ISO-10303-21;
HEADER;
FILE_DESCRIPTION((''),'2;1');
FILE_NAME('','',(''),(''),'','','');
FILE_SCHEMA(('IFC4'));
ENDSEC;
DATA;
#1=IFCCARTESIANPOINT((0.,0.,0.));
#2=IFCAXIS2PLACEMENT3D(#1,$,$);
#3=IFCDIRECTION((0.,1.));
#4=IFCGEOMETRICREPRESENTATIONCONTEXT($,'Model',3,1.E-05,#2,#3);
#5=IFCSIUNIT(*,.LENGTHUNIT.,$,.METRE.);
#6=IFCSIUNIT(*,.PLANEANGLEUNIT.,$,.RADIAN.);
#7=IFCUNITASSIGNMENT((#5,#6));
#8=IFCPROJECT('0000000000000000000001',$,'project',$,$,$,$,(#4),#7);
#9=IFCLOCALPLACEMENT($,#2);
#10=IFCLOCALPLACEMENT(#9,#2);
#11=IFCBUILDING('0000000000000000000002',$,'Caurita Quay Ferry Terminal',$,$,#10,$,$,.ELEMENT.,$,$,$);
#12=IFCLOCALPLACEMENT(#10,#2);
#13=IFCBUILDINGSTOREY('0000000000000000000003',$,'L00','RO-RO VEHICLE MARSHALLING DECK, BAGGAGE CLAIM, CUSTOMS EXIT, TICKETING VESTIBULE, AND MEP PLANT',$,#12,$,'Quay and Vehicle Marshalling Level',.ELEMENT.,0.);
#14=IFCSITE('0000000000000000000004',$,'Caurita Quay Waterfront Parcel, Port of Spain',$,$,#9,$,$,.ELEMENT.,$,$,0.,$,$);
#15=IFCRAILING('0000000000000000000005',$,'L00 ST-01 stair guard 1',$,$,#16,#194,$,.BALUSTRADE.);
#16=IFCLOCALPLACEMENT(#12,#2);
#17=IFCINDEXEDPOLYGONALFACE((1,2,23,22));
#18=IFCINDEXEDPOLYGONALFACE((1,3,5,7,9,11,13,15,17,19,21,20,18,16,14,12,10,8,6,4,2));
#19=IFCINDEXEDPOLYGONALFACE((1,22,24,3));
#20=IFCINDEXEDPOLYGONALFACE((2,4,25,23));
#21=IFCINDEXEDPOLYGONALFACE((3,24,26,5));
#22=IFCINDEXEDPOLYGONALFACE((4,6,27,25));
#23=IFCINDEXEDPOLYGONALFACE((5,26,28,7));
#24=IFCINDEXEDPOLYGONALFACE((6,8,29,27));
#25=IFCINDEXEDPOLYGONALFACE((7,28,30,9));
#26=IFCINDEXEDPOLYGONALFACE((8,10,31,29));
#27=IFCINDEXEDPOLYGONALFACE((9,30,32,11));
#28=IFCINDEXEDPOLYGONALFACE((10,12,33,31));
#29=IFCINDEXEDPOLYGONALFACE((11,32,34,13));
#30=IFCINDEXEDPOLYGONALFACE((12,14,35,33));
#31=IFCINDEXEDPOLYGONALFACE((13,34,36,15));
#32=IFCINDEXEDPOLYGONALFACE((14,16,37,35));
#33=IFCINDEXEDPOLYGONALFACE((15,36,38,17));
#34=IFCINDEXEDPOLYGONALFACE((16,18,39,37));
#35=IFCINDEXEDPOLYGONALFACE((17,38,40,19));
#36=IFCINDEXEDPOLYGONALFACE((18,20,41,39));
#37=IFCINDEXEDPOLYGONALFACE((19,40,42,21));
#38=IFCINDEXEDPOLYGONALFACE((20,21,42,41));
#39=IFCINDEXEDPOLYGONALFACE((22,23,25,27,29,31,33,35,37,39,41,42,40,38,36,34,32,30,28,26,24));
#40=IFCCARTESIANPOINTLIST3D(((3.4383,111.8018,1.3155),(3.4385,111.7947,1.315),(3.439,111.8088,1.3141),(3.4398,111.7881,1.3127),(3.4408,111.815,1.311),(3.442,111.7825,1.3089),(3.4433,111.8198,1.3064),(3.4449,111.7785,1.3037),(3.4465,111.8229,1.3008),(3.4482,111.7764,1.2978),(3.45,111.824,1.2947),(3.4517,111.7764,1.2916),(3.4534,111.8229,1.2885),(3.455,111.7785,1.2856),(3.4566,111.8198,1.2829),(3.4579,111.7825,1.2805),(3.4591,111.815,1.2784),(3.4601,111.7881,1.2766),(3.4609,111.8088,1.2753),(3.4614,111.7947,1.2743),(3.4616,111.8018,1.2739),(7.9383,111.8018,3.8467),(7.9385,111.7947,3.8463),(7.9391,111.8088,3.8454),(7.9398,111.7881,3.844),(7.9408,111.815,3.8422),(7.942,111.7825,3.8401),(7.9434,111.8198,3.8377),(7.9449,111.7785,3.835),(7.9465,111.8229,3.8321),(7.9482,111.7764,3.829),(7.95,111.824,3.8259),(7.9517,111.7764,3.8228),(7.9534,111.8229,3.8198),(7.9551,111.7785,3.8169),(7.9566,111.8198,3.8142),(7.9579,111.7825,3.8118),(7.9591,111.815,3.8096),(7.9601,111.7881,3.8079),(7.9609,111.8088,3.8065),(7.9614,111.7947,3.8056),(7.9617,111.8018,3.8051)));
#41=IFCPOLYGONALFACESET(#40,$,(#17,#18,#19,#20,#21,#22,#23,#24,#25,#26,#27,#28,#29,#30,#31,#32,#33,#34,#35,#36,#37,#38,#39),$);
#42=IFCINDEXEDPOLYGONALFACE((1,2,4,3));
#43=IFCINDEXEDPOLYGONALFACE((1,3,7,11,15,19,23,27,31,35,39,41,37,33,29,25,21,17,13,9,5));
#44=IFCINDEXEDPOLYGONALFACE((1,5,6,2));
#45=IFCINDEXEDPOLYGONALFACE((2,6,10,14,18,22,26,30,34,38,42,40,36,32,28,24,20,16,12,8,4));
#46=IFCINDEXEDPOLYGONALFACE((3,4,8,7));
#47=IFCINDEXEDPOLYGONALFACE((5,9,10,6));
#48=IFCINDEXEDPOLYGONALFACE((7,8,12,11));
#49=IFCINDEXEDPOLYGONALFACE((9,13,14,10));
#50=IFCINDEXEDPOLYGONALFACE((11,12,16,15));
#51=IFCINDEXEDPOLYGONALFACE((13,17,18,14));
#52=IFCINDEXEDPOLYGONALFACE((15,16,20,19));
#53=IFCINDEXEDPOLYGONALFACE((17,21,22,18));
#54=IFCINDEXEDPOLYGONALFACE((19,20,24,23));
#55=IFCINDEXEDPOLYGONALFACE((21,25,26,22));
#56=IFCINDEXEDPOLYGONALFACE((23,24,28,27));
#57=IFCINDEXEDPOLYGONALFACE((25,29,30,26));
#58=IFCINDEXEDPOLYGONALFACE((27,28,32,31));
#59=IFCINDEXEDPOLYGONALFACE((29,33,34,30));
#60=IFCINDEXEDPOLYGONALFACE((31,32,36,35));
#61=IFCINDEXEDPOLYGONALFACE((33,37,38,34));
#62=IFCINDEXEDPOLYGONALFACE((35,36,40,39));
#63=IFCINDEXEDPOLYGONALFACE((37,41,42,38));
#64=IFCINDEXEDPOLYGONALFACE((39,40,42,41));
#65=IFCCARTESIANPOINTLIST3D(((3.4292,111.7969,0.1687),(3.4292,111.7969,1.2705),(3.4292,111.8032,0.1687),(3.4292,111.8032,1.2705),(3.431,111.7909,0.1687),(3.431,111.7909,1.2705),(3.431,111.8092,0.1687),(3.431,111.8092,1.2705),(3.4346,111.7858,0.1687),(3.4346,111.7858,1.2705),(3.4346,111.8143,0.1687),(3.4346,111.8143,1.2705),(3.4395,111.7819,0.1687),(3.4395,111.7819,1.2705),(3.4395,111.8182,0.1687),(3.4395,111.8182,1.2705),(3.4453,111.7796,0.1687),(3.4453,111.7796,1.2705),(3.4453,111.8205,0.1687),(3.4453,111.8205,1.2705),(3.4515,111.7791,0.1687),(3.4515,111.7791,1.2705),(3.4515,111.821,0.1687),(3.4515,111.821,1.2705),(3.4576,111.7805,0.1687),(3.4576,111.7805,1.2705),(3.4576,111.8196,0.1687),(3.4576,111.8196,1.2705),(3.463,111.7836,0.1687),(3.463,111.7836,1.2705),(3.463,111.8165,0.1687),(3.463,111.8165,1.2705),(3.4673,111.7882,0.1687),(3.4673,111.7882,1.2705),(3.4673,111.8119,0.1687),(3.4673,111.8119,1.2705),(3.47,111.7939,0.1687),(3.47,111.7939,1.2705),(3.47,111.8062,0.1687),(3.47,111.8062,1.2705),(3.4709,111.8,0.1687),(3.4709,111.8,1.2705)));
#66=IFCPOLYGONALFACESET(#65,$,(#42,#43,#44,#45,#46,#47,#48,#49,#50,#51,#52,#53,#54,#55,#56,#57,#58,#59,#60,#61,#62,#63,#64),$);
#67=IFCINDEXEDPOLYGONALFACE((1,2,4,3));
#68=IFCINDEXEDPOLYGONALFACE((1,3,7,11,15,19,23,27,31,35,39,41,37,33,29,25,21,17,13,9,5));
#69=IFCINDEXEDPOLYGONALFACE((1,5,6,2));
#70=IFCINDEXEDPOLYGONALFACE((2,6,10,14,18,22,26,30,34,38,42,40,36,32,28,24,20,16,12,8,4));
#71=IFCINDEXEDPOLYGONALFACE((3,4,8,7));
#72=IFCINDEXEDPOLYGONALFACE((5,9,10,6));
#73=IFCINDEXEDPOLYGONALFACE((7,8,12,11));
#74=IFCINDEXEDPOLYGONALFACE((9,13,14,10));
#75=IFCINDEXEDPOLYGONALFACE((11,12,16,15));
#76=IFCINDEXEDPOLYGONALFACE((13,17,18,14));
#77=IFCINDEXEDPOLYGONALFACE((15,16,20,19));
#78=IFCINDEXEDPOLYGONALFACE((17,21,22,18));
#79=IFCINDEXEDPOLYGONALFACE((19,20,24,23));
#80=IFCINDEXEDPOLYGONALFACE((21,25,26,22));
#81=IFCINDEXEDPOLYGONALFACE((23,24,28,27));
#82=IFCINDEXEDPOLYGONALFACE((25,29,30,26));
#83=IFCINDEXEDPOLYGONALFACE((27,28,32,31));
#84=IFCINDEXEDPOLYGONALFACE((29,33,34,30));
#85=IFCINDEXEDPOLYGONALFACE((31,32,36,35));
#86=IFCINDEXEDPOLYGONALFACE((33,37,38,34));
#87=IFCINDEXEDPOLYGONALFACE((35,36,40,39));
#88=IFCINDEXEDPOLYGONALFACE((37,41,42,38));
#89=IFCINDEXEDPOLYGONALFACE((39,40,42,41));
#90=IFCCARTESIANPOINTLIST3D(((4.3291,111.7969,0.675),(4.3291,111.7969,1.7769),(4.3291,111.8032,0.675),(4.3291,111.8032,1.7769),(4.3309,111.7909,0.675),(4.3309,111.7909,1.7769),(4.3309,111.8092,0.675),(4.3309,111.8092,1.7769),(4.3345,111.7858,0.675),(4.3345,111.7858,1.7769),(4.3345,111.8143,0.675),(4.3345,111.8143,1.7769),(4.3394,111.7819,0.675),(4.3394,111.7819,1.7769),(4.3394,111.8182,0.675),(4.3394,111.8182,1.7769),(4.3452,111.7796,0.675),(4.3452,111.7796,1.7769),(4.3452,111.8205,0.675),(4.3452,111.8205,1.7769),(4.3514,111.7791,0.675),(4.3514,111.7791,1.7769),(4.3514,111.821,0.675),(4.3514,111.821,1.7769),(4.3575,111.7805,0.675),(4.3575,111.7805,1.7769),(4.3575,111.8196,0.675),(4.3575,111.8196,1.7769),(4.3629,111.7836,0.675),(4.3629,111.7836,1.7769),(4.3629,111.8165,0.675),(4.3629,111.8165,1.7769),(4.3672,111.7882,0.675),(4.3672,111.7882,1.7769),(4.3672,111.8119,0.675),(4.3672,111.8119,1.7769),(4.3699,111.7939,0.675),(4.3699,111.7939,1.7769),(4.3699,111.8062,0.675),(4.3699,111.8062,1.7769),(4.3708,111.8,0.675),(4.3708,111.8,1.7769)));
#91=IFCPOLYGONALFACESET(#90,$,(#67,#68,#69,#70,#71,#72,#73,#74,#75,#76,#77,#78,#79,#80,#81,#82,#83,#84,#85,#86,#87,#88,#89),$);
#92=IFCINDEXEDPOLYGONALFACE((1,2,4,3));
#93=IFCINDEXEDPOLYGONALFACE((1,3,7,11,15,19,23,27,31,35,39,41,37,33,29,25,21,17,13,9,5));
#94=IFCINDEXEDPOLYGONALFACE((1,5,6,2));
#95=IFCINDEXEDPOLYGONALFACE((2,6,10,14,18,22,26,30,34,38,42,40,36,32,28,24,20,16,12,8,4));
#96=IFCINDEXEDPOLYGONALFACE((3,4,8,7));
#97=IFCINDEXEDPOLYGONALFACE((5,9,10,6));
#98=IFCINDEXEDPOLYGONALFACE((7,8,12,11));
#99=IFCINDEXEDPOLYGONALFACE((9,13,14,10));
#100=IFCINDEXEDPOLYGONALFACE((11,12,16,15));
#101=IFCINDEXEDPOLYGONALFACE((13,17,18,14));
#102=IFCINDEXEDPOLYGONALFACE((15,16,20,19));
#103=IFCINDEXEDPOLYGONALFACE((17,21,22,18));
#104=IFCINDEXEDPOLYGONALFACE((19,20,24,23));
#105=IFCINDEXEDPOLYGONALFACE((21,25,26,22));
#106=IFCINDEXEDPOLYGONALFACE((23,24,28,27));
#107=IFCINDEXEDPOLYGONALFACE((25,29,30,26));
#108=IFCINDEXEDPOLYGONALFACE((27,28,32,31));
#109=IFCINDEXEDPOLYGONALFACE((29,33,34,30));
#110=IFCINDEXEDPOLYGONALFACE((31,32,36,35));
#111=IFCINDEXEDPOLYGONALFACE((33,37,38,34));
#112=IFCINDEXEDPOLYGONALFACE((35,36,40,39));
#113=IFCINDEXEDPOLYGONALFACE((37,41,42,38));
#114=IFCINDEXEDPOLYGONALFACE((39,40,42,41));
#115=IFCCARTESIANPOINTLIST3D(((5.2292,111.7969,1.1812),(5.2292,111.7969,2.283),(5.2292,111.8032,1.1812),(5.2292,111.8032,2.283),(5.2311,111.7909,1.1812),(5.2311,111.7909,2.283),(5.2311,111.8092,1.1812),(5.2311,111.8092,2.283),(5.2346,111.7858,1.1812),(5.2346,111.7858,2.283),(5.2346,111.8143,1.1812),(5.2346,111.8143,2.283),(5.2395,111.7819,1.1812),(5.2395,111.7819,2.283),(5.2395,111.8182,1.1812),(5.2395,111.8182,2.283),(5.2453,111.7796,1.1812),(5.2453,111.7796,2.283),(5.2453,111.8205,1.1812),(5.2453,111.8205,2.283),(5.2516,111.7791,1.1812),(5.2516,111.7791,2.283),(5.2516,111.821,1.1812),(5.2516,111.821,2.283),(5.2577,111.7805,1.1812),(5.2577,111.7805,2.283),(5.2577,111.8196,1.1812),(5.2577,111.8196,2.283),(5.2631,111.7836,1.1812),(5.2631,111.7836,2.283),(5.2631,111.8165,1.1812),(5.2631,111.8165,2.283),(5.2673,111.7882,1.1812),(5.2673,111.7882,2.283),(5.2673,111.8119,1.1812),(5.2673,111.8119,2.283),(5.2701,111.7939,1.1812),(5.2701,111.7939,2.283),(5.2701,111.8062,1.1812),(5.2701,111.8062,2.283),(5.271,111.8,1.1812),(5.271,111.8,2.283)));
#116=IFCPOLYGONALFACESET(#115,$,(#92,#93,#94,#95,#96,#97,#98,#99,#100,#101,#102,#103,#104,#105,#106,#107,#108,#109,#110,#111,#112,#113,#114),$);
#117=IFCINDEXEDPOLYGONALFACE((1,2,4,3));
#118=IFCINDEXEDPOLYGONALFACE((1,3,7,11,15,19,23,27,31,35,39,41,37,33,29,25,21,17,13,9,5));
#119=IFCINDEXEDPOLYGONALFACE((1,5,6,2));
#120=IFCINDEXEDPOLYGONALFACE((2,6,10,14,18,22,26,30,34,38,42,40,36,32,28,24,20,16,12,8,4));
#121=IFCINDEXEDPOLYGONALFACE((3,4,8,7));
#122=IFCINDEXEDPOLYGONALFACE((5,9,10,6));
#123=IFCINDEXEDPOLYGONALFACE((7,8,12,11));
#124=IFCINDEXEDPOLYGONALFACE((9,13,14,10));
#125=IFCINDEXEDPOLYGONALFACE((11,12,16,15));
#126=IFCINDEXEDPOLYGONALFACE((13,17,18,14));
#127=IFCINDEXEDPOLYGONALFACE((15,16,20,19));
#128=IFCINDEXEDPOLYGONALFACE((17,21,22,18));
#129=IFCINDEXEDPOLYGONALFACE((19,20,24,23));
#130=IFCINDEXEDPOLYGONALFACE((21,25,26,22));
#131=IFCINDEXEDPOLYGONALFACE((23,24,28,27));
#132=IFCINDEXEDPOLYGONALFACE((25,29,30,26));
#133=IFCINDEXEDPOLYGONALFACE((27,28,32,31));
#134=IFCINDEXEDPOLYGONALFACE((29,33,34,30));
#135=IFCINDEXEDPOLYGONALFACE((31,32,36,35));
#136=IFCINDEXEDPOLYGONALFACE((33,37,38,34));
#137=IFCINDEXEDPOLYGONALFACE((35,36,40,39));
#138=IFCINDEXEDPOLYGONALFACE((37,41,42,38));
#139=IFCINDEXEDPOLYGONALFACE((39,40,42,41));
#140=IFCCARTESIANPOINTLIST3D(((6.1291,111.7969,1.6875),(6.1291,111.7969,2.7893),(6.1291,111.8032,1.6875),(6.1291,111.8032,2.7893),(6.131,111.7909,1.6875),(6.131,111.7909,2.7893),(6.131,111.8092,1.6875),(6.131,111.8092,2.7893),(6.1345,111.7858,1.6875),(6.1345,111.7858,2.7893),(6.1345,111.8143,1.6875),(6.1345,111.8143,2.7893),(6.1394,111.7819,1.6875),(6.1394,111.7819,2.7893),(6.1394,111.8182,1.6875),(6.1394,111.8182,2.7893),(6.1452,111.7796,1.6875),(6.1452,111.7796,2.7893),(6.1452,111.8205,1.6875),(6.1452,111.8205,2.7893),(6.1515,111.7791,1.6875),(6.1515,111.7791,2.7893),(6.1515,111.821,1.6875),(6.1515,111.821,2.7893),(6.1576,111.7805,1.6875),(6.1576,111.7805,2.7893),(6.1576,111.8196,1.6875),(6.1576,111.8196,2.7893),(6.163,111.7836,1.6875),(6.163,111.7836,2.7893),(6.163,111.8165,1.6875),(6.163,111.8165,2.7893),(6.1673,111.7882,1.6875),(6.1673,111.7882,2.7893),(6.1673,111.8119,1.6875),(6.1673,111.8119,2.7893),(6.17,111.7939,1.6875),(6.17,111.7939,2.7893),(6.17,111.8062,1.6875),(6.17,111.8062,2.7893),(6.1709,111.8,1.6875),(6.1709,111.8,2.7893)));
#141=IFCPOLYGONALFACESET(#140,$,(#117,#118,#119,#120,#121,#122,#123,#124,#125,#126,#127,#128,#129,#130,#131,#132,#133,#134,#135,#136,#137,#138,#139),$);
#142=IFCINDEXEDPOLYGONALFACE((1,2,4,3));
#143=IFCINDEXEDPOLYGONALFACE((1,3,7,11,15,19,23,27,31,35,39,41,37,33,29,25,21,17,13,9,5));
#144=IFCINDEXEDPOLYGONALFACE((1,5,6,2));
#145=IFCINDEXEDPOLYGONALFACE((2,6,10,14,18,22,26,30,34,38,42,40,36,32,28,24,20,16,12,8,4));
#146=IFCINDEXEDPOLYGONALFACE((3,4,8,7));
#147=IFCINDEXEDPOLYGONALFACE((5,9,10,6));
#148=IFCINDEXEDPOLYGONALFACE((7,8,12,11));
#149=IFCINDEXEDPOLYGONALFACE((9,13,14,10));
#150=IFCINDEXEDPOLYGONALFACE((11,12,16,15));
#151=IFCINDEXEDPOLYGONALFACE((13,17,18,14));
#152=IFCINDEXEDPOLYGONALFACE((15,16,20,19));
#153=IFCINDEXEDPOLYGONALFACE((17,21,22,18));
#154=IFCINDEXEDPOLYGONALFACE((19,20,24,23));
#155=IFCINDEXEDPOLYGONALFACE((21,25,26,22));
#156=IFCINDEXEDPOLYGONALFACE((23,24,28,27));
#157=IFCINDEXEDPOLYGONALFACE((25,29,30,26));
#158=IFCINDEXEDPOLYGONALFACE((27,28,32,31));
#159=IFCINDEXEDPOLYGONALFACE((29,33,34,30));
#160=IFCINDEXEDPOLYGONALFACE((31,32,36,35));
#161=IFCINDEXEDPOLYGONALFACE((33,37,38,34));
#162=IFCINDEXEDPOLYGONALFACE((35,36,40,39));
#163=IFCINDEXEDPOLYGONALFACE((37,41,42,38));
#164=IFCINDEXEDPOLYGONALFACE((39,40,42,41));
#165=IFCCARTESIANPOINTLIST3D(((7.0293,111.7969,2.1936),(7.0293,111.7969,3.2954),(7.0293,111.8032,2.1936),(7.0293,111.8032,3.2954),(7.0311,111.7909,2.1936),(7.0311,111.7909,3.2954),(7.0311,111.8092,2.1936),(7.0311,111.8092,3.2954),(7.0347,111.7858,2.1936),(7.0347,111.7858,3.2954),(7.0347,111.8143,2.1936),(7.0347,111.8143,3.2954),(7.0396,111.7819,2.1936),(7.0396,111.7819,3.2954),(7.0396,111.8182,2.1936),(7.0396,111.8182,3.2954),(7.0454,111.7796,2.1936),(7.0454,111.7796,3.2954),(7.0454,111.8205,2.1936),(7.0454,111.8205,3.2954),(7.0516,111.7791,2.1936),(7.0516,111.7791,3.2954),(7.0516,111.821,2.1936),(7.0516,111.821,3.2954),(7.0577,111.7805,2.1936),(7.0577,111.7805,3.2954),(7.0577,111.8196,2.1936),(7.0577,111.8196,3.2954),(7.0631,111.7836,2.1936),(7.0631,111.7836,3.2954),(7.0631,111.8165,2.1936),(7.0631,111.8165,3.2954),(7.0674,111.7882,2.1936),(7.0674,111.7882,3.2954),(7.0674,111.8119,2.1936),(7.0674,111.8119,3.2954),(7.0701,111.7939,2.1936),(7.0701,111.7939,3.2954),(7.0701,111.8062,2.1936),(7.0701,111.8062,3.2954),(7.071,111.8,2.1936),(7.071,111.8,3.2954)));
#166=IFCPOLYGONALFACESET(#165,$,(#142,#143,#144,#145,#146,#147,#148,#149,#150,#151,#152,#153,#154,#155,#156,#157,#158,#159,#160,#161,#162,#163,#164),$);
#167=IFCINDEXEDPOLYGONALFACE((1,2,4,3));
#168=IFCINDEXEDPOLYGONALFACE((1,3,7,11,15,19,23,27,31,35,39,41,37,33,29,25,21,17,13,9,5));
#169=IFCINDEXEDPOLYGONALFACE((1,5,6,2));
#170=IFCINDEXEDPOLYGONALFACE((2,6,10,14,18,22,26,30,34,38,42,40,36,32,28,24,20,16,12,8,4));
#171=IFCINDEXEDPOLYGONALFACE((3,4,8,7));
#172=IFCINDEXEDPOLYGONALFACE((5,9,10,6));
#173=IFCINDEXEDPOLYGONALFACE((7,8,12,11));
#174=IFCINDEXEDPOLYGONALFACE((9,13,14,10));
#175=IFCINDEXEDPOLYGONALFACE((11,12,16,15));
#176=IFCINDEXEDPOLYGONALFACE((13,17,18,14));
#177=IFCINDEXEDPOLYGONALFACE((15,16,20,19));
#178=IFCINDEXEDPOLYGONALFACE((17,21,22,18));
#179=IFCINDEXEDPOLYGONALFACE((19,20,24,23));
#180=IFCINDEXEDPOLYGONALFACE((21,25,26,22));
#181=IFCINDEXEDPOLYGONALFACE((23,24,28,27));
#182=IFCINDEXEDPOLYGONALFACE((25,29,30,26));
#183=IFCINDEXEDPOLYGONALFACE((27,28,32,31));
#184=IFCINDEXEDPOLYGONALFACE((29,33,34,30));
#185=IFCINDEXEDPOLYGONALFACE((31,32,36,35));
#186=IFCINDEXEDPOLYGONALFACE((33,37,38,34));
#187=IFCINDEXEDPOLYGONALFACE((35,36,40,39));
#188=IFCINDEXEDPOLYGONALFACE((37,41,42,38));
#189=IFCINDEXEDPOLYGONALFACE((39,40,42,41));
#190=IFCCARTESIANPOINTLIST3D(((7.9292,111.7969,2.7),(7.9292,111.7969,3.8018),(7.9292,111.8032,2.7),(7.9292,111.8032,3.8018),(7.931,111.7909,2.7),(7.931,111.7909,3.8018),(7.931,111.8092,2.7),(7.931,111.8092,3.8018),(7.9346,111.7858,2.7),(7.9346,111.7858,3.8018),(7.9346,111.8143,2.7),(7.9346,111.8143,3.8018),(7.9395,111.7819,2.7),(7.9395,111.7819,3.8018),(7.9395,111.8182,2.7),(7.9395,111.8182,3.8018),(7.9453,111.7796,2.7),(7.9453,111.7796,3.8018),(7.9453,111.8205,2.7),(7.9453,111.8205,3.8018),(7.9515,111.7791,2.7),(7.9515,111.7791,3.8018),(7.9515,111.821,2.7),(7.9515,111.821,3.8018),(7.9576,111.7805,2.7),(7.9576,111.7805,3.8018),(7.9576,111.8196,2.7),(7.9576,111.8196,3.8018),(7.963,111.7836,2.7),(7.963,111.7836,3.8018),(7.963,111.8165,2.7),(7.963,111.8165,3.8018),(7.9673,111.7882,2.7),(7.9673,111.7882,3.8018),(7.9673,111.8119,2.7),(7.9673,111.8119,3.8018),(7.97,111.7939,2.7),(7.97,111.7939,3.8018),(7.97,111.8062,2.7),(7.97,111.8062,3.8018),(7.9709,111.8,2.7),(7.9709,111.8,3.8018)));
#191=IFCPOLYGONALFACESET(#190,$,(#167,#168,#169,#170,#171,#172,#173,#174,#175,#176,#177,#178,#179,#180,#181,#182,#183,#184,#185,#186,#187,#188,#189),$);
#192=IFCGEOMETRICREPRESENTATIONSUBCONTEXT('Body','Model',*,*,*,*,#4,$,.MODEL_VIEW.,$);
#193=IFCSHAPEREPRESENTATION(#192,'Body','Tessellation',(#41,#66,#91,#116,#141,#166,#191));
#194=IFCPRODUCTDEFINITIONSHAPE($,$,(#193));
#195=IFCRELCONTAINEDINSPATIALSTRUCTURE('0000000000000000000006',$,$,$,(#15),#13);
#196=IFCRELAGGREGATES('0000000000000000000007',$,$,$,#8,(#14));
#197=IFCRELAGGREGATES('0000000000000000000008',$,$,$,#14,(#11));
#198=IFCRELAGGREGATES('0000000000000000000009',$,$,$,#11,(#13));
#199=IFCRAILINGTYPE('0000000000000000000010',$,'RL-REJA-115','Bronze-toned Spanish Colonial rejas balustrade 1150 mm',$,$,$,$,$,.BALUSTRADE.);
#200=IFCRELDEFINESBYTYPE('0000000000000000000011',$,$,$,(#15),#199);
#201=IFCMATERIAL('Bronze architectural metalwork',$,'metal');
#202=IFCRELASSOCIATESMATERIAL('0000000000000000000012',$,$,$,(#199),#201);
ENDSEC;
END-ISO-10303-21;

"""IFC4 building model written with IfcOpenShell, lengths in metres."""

from ifc_helpers import new_model, si_unit, direction, frame, origin, origin_2d, place, context, subcontext, project, spatial, circle, extrude, material, type_object, element, save


model = new_model("IFC4")

# Units and contexts
model_context = context("Model", 3, precision=1e-05, world=origin(), true_north=direction((0.0, 1.0)))
body_context = subcontext(model_context, "Body", "Model", "MODEL_VIEW")
ifc_project = project(units=[si_unit("LENGTHUNIT", "METRE"), si_unit("PLANEANGLEUNIT", "RADIAN")], contexts=[model_context])

# Site, building, storey
site_placement = place(None, origin())
site = spatial("IfcSite", under=ifc_project, at=site_placement, Name="Caurita Quay Waterfront Parcel, Port of Spain", CompositionType="ELEMENT", RefElevation=0.0)
building_placement = place(site_placement, origin())
building = spatial("IfcBuilding", under=site, at=building_placement, Name="Caurita Quay Ferry Terminal", CompositionType="ELEMENT")
storey_placement = place(building_placement, origin())
storey = spatial("IfcBuildingStorey", under=building, at=storey_placement, Name="L00", Description="RO-RO VEHICLE MARSHALLING DECK, BAGGAGE CLAIM, CUSTOMS EXIT, TICKETING VESTIBULE, AND MEP PLANT", LongName="Quay and Vehicle Marshalling Level", CompositionType="ELEMENT", Elevation=0.0)

# Railing
ifc_material_1 = material(Name="Bronze architectural metalwork", Category="metal")
railing_type_1 = type_object("IfcRailingType", Name="RL-REJA-115", Description="Bronze-toned Spanish Colonial rejas balustrade 1150 mm", PredefinedType="BALUSTRADE", material=ifc_material_1)
railing_1_placement = place(storey_placement, frame((3.45, 111.8, 0.1687)))
element("IfcRailing", 1, at=railing_1_placement, inside=storey, type_object=railing_type_1, Name="L00 ST-01 stair guard 1", PredefinedType="BALUSTRADE", context=body_context, shape_type="SweptSolid", body=[
    extrude(circle(Radius=0.0239, at=origin_2d()), frame((0.0, 0.0, 1.126), z_axis=(0.871576, 0.0, 0.490261), x_axis=(0.0, 1.0, 0.0)), (0.0, 0.0, 1.0), 5.1631),
    extrude(circle(Radius=0.021, at=origin_2d()), origin(), (0.0, 0.0, 1.0), 1.1018),
    extrude(circle(Radius=0.021, at=origin_2d()), frame((0.8999, 0.0, 0.5063)), (0.0, 0.0, 1.0), 1.1018),
    extrude(circle(Radius=0.021, at=origin_2d()), frame((1.8, 0.0, 1.0125)), (0.0, 0.0, 1.0), 1.1018),
    extrude(circle(Radius=0.021, at=origin_2d()), frame((2.7, 0.0, 1.5188)), (0.0, 0.0, 1.0), 1.1018),
    extrude(circle(Radius=0.021, at=origin_2d()), frame((3.6001, 0.0, 2.0249)), (0.0, 0.0, 1.0), 1.1018),
    extrude(circle(Radius=0.021, at=origin_2d()), frame((4.5, 0.0, 2.5312)), (0.0, 0.0, 1.0), 1.1018),
])

save(model, "model.ifc")
